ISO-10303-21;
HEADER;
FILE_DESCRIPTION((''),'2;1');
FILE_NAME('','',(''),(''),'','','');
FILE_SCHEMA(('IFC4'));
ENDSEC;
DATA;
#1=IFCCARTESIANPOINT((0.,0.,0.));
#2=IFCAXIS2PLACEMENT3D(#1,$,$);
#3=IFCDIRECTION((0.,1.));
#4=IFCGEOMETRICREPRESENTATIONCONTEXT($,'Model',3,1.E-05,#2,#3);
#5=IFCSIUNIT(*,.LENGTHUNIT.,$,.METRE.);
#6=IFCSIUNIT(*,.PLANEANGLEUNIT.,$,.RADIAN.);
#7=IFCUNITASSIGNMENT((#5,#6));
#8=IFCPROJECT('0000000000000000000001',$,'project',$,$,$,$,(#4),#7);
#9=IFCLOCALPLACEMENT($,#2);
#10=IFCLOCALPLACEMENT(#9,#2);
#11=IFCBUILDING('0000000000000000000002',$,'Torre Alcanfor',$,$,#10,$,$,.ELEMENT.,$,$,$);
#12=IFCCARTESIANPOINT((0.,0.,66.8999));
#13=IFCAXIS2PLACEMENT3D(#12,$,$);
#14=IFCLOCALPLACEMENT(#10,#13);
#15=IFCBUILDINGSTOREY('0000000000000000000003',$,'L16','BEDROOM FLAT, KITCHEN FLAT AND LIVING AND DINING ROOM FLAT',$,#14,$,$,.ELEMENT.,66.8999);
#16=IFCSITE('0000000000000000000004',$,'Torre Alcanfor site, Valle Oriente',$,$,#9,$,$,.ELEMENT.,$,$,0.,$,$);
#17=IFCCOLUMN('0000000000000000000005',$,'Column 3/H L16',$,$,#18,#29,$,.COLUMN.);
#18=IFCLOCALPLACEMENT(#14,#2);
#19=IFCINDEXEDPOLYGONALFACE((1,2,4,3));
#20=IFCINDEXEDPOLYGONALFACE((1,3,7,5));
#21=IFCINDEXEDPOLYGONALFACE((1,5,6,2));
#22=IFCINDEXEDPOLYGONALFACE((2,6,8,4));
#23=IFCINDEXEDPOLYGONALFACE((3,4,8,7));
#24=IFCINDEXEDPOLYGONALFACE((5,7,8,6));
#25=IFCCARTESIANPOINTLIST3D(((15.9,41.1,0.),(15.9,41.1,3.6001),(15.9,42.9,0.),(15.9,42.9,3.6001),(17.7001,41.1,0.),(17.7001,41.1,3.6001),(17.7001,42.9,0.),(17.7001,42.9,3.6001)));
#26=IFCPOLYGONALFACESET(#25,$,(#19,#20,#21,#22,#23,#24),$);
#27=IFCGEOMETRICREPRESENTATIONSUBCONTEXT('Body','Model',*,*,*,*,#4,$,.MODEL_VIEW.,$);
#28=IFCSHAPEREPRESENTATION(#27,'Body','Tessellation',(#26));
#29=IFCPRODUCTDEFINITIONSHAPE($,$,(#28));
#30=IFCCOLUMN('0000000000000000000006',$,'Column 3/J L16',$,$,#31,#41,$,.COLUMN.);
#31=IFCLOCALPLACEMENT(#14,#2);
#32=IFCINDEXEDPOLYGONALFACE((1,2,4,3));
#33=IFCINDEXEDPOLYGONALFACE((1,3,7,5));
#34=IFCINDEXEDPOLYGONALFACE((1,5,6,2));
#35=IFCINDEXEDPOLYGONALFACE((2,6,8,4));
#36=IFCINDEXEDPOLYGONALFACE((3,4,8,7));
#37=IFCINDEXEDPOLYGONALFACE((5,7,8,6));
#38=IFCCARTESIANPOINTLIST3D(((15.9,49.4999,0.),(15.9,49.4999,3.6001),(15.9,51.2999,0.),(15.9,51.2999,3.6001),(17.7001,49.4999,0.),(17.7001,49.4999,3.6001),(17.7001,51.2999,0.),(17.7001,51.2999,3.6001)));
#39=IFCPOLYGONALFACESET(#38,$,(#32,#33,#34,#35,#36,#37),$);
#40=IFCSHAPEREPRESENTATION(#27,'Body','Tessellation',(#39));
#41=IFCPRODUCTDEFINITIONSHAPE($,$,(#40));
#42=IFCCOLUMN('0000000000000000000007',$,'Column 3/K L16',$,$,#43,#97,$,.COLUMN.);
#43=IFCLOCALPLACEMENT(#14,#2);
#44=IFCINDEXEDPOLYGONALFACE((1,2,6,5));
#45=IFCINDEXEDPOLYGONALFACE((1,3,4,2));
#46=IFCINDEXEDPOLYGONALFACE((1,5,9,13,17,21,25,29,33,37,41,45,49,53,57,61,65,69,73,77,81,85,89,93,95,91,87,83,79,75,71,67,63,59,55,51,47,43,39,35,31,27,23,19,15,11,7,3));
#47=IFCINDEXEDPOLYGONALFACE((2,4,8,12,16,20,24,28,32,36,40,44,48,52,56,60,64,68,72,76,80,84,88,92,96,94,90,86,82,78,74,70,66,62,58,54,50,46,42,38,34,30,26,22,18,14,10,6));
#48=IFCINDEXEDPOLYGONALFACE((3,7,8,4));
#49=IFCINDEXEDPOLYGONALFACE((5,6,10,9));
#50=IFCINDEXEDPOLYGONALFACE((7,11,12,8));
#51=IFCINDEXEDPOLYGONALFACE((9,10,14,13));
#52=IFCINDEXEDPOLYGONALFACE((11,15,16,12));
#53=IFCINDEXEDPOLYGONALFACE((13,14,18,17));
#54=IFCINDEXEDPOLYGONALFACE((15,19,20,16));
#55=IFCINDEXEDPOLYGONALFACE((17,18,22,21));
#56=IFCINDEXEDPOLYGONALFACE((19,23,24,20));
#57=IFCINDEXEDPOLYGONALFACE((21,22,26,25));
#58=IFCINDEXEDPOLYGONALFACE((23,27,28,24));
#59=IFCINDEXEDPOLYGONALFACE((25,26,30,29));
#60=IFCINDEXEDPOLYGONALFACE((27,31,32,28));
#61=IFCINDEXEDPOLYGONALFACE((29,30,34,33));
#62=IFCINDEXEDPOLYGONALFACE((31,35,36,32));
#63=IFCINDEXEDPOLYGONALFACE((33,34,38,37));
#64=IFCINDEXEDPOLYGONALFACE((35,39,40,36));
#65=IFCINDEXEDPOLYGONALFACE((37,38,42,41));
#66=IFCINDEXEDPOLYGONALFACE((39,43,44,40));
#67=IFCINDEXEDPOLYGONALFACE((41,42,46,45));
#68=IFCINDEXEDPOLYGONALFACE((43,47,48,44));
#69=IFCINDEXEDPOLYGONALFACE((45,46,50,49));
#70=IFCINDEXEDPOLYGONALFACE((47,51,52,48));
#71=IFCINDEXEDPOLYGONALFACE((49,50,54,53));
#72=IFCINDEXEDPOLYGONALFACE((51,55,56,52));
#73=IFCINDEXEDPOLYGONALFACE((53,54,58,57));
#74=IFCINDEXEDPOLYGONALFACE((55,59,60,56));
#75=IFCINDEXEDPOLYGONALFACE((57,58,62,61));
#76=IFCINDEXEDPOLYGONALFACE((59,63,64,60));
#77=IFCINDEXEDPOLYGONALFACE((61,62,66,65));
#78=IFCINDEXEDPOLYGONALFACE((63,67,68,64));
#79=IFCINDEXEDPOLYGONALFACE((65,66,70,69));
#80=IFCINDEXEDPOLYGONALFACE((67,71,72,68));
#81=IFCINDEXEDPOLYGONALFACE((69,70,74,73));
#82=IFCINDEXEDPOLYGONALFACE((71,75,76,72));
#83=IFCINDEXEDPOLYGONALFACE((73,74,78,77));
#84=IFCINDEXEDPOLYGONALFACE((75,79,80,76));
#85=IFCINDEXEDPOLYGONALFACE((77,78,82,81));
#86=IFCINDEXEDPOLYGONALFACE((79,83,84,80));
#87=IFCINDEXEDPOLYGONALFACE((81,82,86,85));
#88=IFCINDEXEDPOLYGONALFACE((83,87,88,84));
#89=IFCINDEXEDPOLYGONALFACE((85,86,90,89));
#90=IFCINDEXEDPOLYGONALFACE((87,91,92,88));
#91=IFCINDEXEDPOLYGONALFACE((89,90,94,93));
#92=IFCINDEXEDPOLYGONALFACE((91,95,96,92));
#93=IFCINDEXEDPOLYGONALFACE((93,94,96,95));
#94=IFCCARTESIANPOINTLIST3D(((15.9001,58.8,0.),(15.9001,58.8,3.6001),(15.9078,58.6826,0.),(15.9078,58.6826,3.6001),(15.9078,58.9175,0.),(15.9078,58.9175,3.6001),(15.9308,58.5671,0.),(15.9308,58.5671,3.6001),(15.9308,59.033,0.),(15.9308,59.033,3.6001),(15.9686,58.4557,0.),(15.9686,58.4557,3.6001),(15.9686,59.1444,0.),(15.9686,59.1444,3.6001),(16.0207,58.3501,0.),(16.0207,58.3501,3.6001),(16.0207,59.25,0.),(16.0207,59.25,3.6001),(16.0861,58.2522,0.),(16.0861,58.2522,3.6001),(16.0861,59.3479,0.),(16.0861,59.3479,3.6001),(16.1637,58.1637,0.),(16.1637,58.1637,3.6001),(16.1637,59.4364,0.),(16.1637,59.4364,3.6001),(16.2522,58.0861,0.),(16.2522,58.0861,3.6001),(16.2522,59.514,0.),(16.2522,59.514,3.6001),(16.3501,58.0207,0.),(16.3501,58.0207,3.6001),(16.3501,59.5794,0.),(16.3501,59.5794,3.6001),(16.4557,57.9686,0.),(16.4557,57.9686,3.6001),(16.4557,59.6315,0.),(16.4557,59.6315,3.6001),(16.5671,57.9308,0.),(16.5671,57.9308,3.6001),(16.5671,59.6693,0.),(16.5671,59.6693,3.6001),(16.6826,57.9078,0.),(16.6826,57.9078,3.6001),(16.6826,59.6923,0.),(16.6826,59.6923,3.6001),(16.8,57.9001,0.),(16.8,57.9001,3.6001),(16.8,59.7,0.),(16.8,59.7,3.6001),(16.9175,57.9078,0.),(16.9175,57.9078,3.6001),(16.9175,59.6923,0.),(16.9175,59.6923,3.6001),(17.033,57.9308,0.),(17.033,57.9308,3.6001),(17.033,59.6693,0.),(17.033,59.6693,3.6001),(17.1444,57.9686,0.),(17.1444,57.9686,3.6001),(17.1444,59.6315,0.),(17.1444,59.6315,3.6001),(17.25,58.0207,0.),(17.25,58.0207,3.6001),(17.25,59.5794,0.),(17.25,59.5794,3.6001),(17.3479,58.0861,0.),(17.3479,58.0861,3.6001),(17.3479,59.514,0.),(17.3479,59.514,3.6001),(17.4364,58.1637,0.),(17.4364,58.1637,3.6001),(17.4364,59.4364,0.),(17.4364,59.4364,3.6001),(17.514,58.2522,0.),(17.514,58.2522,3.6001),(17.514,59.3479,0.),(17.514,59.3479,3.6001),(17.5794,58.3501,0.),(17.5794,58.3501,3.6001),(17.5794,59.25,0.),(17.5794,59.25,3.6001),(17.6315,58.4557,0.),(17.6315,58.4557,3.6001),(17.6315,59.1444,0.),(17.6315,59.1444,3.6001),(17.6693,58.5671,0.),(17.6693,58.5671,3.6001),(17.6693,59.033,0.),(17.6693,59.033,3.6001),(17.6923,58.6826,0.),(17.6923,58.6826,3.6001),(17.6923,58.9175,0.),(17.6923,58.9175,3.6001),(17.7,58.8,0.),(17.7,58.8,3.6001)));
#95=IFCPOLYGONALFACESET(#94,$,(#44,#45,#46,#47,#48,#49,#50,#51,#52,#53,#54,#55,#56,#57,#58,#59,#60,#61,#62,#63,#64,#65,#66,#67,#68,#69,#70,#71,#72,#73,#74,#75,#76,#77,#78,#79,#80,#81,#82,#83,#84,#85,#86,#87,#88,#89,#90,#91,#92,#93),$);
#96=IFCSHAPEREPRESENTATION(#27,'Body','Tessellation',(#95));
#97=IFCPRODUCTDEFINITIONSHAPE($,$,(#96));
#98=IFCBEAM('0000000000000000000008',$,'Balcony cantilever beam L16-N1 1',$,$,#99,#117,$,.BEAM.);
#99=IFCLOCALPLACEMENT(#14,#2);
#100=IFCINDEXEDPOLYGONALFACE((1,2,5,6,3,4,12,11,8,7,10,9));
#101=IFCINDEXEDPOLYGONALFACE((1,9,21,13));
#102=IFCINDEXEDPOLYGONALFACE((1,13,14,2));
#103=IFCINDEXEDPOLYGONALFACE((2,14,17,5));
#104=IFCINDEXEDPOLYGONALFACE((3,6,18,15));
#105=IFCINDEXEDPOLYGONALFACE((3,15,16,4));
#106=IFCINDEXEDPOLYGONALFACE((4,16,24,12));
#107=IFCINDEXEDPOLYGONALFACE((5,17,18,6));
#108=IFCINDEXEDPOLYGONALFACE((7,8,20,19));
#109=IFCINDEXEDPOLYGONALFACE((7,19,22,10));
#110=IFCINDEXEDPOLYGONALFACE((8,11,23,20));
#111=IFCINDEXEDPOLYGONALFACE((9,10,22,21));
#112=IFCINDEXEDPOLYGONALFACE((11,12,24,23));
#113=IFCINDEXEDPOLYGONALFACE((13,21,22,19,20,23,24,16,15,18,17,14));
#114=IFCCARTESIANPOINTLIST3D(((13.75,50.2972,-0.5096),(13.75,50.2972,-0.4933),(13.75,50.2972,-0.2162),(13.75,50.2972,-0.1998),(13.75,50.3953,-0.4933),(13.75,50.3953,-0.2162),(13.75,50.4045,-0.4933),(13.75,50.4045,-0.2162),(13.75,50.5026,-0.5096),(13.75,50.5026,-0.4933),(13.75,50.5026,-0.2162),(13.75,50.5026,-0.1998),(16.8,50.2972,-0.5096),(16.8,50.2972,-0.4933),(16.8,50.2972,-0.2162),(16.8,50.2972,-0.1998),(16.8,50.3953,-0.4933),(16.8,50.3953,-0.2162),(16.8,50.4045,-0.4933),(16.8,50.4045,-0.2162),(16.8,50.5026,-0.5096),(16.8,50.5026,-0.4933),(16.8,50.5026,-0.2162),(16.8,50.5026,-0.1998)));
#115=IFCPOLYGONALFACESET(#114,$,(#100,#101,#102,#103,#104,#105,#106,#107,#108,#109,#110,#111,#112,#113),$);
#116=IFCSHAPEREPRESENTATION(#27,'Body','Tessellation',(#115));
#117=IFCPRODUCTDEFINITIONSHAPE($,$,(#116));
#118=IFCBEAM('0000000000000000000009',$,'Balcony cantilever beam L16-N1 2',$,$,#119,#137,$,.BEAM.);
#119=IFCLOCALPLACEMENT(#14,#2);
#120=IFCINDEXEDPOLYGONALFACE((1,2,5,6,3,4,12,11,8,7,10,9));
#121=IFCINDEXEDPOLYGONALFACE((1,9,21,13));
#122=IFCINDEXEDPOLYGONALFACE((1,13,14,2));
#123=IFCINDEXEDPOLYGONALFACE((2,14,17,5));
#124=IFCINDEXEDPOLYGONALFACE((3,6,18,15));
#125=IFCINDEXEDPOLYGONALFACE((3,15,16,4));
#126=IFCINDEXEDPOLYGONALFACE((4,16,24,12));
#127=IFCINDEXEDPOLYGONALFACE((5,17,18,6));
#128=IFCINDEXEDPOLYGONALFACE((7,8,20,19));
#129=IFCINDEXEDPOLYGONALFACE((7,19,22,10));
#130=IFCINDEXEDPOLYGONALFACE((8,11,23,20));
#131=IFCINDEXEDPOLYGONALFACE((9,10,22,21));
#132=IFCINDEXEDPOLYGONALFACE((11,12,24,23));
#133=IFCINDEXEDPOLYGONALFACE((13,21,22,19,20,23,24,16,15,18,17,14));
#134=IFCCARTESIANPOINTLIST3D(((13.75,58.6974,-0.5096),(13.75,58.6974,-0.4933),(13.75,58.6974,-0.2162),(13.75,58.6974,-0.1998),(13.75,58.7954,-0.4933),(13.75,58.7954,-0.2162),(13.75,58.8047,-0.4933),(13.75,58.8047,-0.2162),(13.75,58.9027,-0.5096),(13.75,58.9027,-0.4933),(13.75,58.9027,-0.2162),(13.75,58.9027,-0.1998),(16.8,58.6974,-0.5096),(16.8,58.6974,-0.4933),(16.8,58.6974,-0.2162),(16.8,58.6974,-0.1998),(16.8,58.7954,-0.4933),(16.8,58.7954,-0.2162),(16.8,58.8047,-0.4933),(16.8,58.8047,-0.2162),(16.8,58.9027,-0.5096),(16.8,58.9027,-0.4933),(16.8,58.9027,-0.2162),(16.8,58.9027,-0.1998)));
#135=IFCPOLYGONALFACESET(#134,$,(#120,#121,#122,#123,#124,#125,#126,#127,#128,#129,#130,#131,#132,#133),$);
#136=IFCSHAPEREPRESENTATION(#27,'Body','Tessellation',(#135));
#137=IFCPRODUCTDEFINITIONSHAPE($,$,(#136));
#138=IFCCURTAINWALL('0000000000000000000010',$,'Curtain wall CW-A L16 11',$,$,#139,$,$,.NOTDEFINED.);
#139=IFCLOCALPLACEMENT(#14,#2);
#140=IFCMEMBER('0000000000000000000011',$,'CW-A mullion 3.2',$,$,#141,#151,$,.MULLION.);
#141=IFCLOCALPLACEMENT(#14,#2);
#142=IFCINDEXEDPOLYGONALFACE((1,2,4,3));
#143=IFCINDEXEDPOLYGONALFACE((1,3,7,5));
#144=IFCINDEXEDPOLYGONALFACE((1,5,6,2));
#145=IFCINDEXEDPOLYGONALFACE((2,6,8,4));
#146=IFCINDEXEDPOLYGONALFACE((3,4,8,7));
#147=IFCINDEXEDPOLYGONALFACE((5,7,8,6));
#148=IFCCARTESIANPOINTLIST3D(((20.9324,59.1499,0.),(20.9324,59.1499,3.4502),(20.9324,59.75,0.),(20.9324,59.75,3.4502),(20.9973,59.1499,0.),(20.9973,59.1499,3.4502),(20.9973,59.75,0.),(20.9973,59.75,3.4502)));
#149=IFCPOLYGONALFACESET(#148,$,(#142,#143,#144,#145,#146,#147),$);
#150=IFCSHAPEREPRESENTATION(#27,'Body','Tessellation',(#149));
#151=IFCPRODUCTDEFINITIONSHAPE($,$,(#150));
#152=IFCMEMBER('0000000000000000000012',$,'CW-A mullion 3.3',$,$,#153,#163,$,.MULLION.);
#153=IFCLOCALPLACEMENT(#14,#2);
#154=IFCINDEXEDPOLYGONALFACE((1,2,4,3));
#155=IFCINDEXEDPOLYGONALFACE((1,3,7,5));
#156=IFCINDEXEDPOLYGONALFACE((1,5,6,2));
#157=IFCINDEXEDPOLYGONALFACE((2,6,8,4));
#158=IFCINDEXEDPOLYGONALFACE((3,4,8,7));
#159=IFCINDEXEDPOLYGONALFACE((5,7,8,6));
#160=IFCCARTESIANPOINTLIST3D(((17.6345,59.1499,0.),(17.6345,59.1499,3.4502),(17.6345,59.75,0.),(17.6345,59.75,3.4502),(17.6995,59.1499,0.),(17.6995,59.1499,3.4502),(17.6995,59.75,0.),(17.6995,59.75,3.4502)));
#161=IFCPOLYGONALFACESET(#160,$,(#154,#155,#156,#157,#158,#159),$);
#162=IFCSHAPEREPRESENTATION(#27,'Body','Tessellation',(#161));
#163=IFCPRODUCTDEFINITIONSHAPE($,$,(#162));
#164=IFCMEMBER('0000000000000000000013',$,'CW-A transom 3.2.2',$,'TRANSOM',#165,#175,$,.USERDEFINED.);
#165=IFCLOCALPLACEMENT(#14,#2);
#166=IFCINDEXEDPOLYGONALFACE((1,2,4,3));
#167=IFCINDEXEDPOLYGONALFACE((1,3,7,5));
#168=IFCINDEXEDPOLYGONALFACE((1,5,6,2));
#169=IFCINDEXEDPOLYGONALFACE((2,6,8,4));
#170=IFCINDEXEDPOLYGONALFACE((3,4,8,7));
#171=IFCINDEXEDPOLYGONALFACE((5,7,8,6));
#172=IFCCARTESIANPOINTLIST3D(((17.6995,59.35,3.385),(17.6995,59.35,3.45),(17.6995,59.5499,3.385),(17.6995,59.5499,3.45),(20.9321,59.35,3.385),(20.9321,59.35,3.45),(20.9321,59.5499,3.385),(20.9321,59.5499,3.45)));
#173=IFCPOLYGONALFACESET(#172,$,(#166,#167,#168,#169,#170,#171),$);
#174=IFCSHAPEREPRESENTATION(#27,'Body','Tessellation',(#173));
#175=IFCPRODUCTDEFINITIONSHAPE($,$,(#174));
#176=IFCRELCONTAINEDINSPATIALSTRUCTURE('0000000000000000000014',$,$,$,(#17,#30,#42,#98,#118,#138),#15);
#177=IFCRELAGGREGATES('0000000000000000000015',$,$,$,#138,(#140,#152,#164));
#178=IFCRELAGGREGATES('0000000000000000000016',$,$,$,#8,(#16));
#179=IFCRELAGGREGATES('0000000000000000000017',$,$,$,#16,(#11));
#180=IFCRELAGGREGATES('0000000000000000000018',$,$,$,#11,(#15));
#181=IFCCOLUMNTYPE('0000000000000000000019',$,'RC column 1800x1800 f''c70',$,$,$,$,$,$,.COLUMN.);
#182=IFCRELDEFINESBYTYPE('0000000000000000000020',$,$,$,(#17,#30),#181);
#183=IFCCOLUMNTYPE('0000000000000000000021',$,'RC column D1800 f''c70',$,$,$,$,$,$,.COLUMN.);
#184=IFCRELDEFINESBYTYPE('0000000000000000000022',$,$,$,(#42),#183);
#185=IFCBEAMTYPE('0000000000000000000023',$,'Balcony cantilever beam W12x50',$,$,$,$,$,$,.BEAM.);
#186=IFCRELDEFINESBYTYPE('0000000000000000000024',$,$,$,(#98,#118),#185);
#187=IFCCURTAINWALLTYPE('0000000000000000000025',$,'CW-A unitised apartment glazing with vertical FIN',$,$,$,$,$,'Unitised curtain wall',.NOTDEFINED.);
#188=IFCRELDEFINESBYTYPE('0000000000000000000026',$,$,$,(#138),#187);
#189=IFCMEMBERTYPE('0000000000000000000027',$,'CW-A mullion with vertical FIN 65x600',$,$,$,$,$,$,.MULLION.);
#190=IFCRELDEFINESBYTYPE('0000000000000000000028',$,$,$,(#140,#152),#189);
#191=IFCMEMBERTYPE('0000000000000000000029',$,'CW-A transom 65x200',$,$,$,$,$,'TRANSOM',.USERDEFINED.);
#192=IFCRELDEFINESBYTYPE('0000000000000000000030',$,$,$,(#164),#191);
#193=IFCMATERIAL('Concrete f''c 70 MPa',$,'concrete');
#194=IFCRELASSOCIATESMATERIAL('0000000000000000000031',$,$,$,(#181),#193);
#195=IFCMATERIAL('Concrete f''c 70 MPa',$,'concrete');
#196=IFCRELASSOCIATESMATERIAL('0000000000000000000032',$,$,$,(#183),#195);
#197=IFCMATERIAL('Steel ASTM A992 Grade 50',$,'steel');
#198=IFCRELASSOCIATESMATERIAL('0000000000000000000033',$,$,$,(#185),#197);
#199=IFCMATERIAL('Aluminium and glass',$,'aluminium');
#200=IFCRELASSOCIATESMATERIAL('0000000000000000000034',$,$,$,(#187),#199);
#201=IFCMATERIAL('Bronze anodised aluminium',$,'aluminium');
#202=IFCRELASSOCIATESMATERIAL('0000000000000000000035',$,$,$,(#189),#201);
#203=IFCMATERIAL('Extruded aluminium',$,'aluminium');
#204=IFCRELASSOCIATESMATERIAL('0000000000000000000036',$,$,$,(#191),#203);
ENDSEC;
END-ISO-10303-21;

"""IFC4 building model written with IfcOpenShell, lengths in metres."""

from ifc_helpers import new_model, si_unit, direction, frame, origin, origin_2d, place, context, subcontext, project, spatial, rectangle, circle, i_section, extrude, material, material_profile, profile_set, type_object, element, aggregate, save


model = new_model("IFC4")

# Units and contexts
model_context = context("Model", 3, precision=1e-05, world=origin(), true_north=direction((0.0, 1.0)))
body_context = subcontext(model_context, "Body", "Model", "MODEL_VIEW")
ifc_project = project(units=[si_unit("LENGTHUNIT", "METRE"), si_unit("PLANEANGLEUNIT", "RADIAN")], contexts=[model_context])

# Site, building, storey
site_placement = place(None, origin())
site = spatial("IfcSite", under=ifc_project, at=site_placement, Name="Torre Alcanfor site, Valle Oriente", CompositionType="ELEMENT", RefElevation=0.0)
building_placement = place(site_placement, origin())
building = spatial("IfcBuilding", under=site, at=building_placement, Name="Torre Alcanfor", CompositionType="ELEMENT")
storey_placement = place(building_placement, frame((0.0, 0.0, 66.8999)))
storey = spatial("IfcBuildingStorey", under=building, at=storey_placement, Name="L16", Description="BEDROOM FLAT, KITCHEN FLAT AND LIVING AND DINING ROOM FLAT", CompositionType="ELEMENT", Elevation=66.8999)

# Columns
ifc_material_1 = material(Name="Concrete f'c 70 MPa", Category="concrete")
ifc_material_profile_1 = material_profile(ifc_material_1, rectangle(XDim=1.8, YDim=1.8, at=origin_2d()), Name="1800x1800")
ifc_profile_set_1 = profile_set([ifc_material_profile_1], Name="Concrete f'c 70 MPa")
column_type_1 = type_object("IfcColumnType", Name="RC column 1800x1800 f'c70", PredefinedType="COLUMN", material=ifc_profile_set_1)
for number, where, z_axis, x_axis, name in (
    (1, (16.8, 42.0, 0.0), (0.0, 0.0, 1.0), (1.0, 0.0, 0.0), "Column 3/H L16"),
    (2, (16.8, 50.3999, 0.0), (0.0, 0.0, 1.0), (1.0, 0.0, 0.0), "Column 3/J L16"),
):
    element("IfcColumn", number, at=place(storey_placement, frame(where, z_axis=z_axis, x_axis=x_axis)), inside=storey, type_object=column_type_1, Name=name, PredefinedType="COLUMN", context=body_context, shape_type="SweptSolid", body=[
        extrude(rectangle(XDim=1.8, YDim=1.8, at=origin_2d()), origin(), (0.0, 0.0, 1.0), 3.6001),
    ])
ifc_material_2 = material(Name="Concrete f'c 70 MPa", Category="concrete")
ifc_material_profile_2 = material_profile(ifc_material_2, circle(Radius=0.8999, at=origin_2d()), Name="D1800")
ifc_profile_set_2 = profile_set([ifc_material_profile_2], Name="Concrete f'c 70 MPa")
column_type_2 = type_object("IfcColumnType", Name="RC column D1800 f'c70", PredefinedType="COLUMN", material=ifc_profile_set_2)
column_placement = place(storey_placement, frame((16.8, 58.8, 0.0), z_axis=(0.0, 0.0, 1.0), x_axis=(1.0, 0.0, 0.0)))
element("IfcColumn", 3, at=column_placement, inside=storey, type_object=column_type_2, Name="Column 3/K L16", PredefinedType="COLUMN", context=body_context, shape_type="SweptSolid", body=[
    extrude(circle(Radius=0.8999, at=origin_2d()), origin(), (0.0, 0.0, 1.0), 3.6001),
])

# Beams
ifc_material_3 = material(Name="Steel ASTM A992 Grade 50", Category="steel")
ifc_material_profile_3 = material_profile(ifc_material_3, i_section(OverallWidth=0.2053, OverallDepth=0.3098, WebThickness=0.0093, FlangeThickness=0.0164, at=origin_2d()), Name="W12x50")
ifc_profile_set_3 = profile_set([ifc_material_profile_3], Name="Steel ASTM A992 Grade 50")
beam_type_1 = type_object("IfcBeamType", Name="Balcony cantilever beam W12x50", PredefinedType="BEAM", material=ifc_profile_set_3)
for number, where, z_axis, x_axis, name in (
    (4, (16.8, 50.3999, -0.3547), (-1.0, 0.0, 0.0), (0.0, -1.0, 0.0), "Balcony cantilever beam L16-N1 1"),
    (5, (16.8, 58.8, -0.3547), (-1.0, 0.0, 0.0), (0.0, -1.0, 0.0), "Balcony cantilever beam L16-N1 2"),
):
    element("IfcBeam", number, at=place(storey_placement, frame(where, z_axis=z_axis, x_axis=x_axis)), inside=storey, type_object=beam_type_1, Name=name, PredefinedType="BEAM", context=body_context, shape_type="SweptSolid", body=[
        extrude(i_section(OverallWidth=0.2053, OverallDepth=0.3098, WebThickness=0.0093, FlangeThickness=0.0164, at=origin_2d()), origin(), (0.0, 0.0, 1.0), 3.05),
    ])

# Curtain wall, members
ifc_material_4 = material(Name="Aluminium and glass", Category="aluminium")
curtain_wall_type = type_object("IfcCurtainWallType", Name="CW-A unitised apartment glazing with vertical FIN", ElementType="Unitised curtain wall", PredefinedType="NOTDEFINED", material=ifc_material_4)
curtain_wall_placement = place(storey_placement, origin())
curtain_wall = element("IfcCurtainWall", 6, at=curtain_wall_placement, inside=storey, type_object=curtain_wall_type, Name="Curtain wall CW-A L16 11", PredefinedType="NOTDEFINED")
ifc_material_5 = material(Name="Bronze anodised aluminium", Category="aluminium")
ifc_material_profile_4 = material_profile(ifc_material_5, rectangle(XDim=0.6001, YDim=0.0649, at=origin_2d()), Name="CW-A mullion 65x600")
ifc_profile_set_4 = profile_set([ifc_material_profile_4], Name="Bronze anodised aluminium")
member_type_1 = type_object("IfcMemberType", Name="CW-A mullion with vertical FIN 65x600", PredefinedType="MULLION", material=ifc_profile_set_4)
member_1_placement = place(storey_placement, frame((20.9648, 59.45, 0.0), z_axis=(0.0, 0.0, 1.0), x_axis=(0.0, -1.0, 0.0)))
member_1 = element("IfcMember", 7, at=member_1_placement, type_object=member_type_1, Name="CW-A mullion 3.2", PredefinedType="MULLION", context=body_context, shape_type="SweptSolid", body=[
    extrude(rectangle(XDim=0.6001, YDim=0.0649, at=origin_2d()), origin(), (0.0, 0.0, 1.0), 3.4502),
])
member_2_placement = place(storey_placement, frame((17.667, 59.45, 0.0), z_axis=(0.0, 0.0, 1.0), x_axis=(0.0, -1.0, 0.0)))
member_2 = element("IfcMember", 8, at=member_2_placement, type_object=member_type_1, Name="CW-A mullion 3.3", PredefinedType="MULLION", context=body_context, shape_type="SweptSolid", body=[
    extrude(rectangle(XDim=0.6001, YDim=0.0649, at=origin_2d()), origin(), (0.0, 0.0, 1.0), 3.4502),
])
ifc_material_6 = material(Name="Extruded aluminium", Category="aluminium")
ifc_material_profile_5 = material_profile(ifc_material_6, rectangle(XDim=0.2, YDim=0.0649, at=origin_2d()), Name="CW-A transom 200x65")
ifc_profile_set_5 = profile_set([ifc_material_profile_5], Name="Extruded aluminium")
member_type_2 = type_object("IfcMemberType", Name="CW-A transom 65x200", ElementType="TRANSOM", PredefinedType="USERDEFINED", material=ifc_profile_set_5)
member_3_placement = place(storey_placement, frame((20.9321, 59.45, 3.4175), z_axis=(-1.0, 0.0, 0.0), x_axis=(0.0, -1.0, 0.0)))
member_3 = element("IfcMember", 9, at=member_3_placement, type_object=member_type_2, Name="CW-A transom 3.2.2", ObjectType="TRANSOM", PredefinedType="USERDEFINED", context=body_context, shape_type="SweptSolid", body=[
    extrude(rectangle(XDim=0.2, YDim=0.0649, at=origin_2d()), origin(), (0.0, 0.0, 1.0), 3.2327),
])

aggregate(curtain_wall, [member_1, member_2, member_3])

save(model, "model.ifc")
